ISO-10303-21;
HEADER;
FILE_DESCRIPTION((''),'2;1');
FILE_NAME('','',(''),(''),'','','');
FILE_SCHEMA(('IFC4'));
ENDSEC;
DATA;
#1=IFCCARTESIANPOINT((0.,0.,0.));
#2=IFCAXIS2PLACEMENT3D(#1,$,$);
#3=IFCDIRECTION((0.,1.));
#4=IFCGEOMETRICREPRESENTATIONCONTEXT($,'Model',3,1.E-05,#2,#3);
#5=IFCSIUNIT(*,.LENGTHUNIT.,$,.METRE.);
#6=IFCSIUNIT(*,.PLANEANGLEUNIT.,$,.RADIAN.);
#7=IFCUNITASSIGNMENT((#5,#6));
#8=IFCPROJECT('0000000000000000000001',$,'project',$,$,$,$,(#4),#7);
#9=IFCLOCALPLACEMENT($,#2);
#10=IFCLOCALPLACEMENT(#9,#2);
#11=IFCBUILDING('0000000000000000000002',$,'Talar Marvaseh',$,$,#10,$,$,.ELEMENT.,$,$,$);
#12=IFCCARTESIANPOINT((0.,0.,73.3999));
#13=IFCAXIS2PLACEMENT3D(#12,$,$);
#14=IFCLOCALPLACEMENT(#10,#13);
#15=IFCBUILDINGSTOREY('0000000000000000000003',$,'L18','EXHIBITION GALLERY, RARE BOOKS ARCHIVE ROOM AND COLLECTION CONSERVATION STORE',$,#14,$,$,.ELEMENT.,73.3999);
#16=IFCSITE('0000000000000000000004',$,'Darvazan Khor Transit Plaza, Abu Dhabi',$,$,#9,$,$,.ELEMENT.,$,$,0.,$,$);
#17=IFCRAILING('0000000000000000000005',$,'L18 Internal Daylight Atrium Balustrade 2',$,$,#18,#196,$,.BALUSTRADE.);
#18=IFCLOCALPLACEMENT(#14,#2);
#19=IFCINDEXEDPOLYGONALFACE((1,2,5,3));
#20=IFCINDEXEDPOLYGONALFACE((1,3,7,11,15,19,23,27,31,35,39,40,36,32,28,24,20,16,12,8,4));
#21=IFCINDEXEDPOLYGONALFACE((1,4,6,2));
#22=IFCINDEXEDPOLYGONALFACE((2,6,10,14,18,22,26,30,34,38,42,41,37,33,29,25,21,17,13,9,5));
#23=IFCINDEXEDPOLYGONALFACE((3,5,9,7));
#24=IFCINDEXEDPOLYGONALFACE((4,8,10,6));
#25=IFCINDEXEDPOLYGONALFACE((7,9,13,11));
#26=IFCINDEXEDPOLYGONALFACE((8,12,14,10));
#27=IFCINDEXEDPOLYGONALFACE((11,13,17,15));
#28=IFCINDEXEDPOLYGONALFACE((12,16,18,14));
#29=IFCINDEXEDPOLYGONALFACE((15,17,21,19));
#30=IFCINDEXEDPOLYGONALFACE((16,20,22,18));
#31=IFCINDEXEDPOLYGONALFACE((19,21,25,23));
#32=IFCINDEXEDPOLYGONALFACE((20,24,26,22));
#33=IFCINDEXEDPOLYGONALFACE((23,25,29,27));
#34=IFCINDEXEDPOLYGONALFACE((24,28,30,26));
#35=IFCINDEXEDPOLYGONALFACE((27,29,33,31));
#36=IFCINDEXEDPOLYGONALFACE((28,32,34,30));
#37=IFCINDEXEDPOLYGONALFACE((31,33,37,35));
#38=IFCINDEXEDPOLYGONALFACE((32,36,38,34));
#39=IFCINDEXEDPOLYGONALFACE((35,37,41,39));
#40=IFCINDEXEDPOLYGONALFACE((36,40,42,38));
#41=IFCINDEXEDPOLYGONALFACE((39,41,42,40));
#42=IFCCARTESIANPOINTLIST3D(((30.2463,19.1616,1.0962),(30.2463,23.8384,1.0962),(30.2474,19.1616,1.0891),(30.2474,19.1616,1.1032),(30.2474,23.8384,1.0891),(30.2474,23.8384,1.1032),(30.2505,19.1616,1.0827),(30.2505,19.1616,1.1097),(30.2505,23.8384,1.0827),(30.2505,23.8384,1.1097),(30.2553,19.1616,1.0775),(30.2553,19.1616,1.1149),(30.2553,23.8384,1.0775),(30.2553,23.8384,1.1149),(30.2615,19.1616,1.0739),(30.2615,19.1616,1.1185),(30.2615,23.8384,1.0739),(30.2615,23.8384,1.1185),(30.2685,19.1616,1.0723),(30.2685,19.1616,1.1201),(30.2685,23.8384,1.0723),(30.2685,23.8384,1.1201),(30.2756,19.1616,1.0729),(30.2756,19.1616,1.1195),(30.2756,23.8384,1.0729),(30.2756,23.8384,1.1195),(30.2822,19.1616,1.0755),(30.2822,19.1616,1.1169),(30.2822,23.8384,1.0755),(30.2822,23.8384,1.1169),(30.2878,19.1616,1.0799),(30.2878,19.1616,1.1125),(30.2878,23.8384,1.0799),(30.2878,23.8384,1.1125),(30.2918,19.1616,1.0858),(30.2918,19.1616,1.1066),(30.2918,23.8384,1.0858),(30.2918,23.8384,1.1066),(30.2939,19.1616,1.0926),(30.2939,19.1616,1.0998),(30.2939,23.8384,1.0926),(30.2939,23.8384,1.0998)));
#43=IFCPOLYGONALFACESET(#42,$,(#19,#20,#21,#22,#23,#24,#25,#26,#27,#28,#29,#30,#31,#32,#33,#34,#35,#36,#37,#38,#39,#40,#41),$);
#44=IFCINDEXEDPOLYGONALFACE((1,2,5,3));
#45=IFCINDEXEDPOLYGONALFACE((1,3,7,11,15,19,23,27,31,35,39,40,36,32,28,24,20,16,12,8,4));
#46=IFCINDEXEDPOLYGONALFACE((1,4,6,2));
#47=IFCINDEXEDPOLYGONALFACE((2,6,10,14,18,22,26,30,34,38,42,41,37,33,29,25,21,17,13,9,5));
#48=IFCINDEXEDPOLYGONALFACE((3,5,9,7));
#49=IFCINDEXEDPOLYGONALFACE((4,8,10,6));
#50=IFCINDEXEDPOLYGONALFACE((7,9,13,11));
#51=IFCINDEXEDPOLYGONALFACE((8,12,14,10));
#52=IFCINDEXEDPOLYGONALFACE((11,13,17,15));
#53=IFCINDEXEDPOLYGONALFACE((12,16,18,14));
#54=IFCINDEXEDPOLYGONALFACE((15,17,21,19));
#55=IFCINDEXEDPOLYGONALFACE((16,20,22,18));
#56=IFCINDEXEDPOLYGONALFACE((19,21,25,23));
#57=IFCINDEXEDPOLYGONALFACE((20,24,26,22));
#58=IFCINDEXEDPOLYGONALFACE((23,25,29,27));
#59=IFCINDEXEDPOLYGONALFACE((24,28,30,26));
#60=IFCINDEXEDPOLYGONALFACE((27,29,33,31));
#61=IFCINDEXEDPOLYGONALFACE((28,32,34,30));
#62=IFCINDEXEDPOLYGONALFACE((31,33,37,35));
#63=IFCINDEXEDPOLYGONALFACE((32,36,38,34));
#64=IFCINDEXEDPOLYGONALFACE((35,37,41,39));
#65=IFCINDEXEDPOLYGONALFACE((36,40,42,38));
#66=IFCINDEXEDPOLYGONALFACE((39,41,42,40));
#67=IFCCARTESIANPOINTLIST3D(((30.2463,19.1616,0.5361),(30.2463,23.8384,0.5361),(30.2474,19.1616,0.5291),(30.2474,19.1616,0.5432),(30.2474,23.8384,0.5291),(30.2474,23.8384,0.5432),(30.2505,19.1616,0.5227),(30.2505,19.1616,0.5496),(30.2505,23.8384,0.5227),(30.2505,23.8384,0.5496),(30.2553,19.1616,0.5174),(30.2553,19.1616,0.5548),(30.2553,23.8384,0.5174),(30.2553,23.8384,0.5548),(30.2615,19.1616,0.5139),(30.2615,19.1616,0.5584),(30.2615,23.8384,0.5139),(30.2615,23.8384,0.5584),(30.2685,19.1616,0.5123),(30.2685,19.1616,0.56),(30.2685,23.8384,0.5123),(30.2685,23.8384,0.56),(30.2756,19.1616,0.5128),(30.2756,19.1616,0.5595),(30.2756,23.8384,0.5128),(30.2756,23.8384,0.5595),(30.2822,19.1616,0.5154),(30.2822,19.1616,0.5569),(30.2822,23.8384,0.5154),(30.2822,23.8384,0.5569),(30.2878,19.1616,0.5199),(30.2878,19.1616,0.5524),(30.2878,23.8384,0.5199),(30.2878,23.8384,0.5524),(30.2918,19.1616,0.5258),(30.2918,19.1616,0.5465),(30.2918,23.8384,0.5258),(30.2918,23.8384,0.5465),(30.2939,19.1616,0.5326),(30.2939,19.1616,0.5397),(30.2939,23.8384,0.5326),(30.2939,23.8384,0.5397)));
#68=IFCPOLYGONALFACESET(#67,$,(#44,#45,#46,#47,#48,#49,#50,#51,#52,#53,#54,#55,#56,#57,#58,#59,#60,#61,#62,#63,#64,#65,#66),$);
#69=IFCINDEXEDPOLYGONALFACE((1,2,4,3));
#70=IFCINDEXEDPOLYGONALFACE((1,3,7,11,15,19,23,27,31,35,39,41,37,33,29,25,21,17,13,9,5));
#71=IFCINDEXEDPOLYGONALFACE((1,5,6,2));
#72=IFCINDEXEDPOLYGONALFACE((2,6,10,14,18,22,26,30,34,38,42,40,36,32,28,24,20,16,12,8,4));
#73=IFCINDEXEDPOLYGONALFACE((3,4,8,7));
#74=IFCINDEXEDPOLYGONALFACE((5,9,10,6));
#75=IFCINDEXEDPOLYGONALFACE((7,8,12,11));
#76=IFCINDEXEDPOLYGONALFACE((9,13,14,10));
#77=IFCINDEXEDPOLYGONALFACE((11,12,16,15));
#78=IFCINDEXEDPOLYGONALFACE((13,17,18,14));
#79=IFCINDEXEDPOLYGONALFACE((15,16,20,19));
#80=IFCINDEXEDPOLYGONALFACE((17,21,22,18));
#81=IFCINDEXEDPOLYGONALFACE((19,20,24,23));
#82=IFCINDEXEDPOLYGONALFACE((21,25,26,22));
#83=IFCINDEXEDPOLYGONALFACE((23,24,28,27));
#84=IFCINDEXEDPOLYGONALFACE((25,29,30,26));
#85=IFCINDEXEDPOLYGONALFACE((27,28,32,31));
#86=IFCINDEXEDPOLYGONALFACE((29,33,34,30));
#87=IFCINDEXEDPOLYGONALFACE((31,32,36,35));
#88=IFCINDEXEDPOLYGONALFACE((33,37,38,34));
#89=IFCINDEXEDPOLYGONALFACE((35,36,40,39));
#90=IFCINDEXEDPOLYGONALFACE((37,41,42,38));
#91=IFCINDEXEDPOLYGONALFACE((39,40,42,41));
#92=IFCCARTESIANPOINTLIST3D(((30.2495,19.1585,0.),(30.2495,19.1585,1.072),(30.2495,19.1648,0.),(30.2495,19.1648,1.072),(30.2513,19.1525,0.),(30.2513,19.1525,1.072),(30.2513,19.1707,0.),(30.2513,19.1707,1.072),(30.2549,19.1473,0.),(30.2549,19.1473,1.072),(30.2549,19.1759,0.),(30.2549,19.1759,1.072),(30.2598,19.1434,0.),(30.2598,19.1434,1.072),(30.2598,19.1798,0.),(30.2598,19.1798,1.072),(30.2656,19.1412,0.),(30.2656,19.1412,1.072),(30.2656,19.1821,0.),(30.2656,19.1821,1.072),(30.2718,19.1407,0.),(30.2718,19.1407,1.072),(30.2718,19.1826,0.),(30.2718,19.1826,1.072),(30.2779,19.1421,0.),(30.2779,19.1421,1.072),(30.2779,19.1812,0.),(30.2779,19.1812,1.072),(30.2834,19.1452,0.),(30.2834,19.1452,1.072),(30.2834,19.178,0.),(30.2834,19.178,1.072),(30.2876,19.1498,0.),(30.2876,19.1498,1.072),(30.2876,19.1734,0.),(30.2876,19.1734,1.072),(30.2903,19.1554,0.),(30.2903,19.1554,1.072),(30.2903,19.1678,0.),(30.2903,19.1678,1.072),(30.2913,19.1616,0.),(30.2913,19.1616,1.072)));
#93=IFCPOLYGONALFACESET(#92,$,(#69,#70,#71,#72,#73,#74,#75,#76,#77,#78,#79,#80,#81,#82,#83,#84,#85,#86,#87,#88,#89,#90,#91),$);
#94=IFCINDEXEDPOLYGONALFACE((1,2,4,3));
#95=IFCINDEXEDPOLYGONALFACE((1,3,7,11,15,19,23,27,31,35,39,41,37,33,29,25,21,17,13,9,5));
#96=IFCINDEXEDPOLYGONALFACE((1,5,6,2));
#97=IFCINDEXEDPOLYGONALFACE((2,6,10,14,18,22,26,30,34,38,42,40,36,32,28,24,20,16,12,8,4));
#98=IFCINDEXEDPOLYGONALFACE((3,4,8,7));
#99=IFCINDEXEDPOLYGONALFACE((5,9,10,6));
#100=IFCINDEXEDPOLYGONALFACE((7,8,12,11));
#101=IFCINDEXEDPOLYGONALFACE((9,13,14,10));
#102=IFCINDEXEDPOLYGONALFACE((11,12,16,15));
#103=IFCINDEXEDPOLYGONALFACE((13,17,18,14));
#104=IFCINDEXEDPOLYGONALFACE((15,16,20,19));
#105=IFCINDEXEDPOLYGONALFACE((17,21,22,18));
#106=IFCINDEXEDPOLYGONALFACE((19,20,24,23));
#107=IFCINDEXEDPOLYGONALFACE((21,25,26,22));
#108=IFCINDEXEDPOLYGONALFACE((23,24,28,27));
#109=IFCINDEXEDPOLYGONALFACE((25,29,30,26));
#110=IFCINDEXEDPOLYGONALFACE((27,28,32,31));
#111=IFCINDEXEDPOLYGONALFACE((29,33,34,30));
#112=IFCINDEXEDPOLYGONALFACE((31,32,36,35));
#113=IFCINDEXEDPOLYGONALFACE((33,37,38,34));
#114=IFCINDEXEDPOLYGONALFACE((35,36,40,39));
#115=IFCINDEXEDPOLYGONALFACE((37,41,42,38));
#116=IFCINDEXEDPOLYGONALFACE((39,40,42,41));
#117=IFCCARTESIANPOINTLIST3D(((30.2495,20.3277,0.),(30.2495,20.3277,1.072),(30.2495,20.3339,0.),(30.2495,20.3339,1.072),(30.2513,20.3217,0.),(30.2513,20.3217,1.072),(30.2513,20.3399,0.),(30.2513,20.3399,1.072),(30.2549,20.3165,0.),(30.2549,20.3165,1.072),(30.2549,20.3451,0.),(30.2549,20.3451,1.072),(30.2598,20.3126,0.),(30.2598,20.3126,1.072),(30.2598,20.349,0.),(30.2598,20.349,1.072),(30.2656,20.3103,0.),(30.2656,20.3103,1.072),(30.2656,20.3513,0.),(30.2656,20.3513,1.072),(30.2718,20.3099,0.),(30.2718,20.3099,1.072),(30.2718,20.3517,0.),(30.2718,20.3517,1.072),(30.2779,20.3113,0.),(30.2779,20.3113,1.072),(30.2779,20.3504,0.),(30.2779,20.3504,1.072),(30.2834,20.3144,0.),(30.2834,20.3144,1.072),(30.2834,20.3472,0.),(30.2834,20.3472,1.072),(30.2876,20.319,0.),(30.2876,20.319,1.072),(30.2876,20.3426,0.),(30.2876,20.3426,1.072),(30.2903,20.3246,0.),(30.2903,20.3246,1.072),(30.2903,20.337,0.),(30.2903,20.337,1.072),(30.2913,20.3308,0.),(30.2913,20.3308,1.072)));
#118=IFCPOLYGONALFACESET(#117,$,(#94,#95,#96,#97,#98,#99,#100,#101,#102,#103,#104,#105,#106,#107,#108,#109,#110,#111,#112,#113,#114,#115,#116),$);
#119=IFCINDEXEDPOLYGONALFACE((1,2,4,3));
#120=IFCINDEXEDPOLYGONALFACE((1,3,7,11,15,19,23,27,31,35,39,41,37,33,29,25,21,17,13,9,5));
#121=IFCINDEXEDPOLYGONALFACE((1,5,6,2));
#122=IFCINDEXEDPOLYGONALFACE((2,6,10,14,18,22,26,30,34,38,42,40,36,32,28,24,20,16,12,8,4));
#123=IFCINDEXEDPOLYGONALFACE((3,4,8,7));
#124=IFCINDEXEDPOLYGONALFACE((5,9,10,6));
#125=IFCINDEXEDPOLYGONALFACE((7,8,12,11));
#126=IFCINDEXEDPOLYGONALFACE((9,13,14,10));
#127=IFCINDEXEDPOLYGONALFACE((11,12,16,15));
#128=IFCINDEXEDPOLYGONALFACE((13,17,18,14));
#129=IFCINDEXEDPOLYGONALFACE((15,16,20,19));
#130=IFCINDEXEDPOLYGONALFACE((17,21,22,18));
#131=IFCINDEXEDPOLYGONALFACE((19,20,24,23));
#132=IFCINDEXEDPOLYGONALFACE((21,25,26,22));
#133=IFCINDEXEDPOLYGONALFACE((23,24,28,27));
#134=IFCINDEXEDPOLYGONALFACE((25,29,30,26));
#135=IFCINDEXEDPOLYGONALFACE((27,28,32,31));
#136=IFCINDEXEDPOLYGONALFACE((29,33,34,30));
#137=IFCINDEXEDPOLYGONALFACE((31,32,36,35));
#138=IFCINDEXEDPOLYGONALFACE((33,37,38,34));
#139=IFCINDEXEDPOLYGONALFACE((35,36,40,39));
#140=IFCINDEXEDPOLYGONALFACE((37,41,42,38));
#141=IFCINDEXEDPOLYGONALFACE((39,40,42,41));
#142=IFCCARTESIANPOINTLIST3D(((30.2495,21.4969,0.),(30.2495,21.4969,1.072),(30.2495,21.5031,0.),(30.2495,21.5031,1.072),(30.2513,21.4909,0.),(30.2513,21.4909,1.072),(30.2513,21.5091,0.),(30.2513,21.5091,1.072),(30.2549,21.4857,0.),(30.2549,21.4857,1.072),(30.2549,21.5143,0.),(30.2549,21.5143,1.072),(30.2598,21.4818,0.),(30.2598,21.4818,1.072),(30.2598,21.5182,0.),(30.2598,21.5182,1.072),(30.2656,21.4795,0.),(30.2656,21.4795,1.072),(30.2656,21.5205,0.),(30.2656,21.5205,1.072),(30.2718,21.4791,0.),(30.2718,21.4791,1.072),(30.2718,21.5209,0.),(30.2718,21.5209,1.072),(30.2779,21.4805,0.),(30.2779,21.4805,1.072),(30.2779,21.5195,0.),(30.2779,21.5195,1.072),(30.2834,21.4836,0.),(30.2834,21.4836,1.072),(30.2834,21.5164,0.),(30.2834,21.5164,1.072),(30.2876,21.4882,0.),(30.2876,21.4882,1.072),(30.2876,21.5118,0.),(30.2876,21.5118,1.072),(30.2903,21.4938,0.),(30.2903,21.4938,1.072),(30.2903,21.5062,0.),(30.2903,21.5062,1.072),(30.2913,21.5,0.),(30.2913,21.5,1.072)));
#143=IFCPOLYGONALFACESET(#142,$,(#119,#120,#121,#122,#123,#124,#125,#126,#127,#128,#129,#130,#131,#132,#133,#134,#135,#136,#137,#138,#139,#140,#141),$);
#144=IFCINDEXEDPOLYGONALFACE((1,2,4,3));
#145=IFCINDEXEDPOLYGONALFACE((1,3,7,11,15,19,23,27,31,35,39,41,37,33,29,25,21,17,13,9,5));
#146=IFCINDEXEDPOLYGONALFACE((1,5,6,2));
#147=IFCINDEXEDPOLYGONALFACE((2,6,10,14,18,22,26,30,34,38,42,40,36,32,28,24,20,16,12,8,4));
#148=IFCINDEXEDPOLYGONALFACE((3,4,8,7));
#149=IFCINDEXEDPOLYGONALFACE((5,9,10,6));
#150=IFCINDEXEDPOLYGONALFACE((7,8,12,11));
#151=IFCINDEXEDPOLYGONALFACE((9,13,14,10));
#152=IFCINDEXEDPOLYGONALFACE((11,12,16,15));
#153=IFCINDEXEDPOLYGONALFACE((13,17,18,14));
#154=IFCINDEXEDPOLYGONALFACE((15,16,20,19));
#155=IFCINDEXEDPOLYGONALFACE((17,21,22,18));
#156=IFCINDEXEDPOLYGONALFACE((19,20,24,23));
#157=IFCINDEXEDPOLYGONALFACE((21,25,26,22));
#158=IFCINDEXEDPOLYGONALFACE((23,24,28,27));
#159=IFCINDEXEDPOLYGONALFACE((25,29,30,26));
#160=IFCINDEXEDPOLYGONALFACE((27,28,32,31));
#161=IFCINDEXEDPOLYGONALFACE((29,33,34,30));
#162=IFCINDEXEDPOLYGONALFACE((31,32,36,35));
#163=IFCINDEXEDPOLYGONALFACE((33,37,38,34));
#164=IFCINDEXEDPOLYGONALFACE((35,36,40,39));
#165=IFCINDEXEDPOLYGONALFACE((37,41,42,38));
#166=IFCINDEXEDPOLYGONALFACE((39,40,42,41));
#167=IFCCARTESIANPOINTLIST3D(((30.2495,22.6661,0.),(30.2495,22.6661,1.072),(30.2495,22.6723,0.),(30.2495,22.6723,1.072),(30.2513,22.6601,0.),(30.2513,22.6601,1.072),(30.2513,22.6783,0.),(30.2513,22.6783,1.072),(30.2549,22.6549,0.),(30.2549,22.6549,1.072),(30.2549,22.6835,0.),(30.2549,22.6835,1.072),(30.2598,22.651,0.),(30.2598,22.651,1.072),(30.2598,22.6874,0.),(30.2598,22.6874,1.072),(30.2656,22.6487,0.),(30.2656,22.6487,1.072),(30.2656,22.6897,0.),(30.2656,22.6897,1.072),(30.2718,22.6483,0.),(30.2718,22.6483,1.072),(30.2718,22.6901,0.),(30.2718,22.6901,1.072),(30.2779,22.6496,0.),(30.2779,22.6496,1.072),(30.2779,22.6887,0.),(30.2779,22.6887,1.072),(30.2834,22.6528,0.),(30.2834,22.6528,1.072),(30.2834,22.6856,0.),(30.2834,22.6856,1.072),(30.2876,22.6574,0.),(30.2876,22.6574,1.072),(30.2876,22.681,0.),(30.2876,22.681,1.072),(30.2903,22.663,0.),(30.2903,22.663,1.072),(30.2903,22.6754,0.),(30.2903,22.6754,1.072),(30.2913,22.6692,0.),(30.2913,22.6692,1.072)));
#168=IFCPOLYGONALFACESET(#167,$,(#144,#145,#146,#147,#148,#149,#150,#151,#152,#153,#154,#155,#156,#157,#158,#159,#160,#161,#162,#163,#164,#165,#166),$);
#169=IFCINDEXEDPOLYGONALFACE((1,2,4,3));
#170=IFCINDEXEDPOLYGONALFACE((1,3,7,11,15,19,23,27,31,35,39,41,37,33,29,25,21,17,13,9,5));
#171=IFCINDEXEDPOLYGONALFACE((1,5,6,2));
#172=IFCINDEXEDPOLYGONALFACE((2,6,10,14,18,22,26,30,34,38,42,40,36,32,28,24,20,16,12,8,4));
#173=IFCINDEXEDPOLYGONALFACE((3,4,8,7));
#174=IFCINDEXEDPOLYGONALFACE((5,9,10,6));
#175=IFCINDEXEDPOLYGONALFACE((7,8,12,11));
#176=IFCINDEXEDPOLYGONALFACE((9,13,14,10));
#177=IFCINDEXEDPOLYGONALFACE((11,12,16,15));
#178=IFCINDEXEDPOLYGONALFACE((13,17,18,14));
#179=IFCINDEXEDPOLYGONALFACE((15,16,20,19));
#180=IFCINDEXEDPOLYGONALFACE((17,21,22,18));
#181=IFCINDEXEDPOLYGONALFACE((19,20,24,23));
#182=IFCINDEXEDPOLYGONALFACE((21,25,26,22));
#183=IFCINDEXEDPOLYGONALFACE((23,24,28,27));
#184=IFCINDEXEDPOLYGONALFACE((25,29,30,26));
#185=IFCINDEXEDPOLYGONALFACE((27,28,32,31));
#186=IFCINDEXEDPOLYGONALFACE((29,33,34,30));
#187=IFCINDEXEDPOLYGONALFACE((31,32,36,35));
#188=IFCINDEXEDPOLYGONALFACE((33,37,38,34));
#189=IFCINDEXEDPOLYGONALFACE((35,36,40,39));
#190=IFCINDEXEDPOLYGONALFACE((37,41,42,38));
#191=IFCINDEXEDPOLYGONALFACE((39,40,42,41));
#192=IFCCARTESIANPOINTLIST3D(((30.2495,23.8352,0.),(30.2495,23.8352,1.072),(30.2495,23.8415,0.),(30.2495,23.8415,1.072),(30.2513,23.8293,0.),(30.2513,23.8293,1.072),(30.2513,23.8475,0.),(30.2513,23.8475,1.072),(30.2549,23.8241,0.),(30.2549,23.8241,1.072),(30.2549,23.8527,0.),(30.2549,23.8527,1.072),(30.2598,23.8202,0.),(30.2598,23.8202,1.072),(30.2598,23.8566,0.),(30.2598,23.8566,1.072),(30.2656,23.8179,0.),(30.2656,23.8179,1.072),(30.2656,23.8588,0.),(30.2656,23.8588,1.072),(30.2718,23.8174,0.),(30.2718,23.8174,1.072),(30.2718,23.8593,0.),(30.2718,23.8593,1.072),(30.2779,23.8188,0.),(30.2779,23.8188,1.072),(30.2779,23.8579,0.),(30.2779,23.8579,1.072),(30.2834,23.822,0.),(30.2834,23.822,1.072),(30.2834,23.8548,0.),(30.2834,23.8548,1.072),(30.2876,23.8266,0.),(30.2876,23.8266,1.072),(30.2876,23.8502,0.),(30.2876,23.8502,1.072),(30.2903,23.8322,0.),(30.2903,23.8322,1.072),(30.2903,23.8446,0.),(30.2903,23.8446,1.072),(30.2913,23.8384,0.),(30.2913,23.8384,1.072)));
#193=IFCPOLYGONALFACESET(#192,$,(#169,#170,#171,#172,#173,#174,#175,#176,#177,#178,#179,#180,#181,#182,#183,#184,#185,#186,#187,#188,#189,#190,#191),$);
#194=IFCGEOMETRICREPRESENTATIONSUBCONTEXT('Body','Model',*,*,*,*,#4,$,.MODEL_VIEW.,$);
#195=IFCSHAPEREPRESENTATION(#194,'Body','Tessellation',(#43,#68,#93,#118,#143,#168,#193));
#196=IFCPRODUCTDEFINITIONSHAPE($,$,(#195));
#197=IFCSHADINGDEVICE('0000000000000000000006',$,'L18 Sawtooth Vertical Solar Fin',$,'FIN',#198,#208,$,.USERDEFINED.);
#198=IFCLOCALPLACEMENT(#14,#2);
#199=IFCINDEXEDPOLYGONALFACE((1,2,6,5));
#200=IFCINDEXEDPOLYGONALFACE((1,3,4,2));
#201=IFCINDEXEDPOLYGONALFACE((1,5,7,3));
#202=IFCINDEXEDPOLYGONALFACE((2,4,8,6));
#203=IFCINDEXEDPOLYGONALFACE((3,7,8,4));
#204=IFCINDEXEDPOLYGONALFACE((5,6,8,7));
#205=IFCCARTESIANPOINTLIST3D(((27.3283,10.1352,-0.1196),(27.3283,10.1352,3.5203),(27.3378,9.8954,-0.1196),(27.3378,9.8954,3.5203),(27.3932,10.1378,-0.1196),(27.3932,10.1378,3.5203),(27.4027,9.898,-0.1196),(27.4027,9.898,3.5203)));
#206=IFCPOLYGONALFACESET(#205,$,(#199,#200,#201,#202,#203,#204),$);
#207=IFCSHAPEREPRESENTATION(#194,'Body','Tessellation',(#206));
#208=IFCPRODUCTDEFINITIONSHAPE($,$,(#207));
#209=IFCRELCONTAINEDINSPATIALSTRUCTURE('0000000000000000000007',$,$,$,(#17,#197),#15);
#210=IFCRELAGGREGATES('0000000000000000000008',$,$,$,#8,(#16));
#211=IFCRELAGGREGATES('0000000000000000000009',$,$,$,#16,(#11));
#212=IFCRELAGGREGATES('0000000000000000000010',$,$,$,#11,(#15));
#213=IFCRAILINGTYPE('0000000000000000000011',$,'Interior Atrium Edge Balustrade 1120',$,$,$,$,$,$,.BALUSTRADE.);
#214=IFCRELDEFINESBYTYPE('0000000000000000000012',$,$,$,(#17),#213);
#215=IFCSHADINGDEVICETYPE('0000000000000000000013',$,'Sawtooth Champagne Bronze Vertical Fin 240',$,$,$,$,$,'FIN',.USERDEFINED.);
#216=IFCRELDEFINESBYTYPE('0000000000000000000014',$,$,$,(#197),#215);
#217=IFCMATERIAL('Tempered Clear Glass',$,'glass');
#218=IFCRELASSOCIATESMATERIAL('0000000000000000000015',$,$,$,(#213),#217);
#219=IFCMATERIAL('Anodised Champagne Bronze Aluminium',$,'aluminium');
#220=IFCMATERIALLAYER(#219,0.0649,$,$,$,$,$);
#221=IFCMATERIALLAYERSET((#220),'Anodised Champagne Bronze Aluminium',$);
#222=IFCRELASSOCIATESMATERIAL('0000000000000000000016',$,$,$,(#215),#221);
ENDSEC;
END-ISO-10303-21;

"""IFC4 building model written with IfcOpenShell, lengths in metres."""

from ifc_helpers import new_model, si_unit, direction, frame, origin, origin_2d, place, context, subcontext, project, spatial, rectangle, circle, extrude, source, transform, mapped, material, layer, layer_set, type_object, type_shapes, element, save


model = new_model("IFC4")

# Units and contexts
model_context = context("Model", 3, precision=1e-05, world=origin(), true_north=direction((0.0, 1.0)))
body_context = subcontext(model_context, "Body", "Model", "MODEL_VIEW")
ifc_project = project(units=[si_unit("LENGTHUNIT", "METRE"), si_unit("PLANEANGLEUNIT", "RADIAN")], contexts=[model_context])

# Site, building, storey
site_placement = place(None, origin())
site = spatial("IfcSite", under=ifc_project, at=site_placement, Name="Darvazan Khor Transit Plaza, Abu Dhabi", CompositionType="ELEMENT", RefElevation=0.0)
building_placement = place(site_placement, origin())
building = spatial("IfcBuilding", under=site, at=building_placement, Name="Talar Marvaseh", CompositionType="ELEMENT")
storey_placement = place(building_placement, frame((0.0, 0.0, 73.3999)))
storey = spatial("IfcBuildingStorey", under=building, at=storey_placement, Name="L18", Description="EXHIBITION GALLERY, RARE BOOKS ARCHIVE ROOM AND COLLECTION CONSERVATION STORE", CompositionType="ELEMENT", Elevation=73.3999)

# Railing
ifc_material_1 = material(Name="Tempered Clear Glass", Category="glass")
railing_type = type_object("IfcRailingType", Name="Interior Atrium Edge Balustrade 1120", PredefinedType="BALUSTRADE", material=ifc_material_1)
railing_1_placement = place(storey_placement, frame((30.2703, 19.1616, 0.0)))
element("IfcRailing", 1, at=railing_1_placement, inside=storey, type_object=railing_type, Name="L18 Internal Daylight Atrium Balustrade 2", PredefinedType="BALUSTRADE", context=body_context, shape_type="SweptSolid", body=[
    extrude(circle(Radius=0.0239, at=origin_2d()), frame((0.0, 0.0, 1.0962), z_axis=(0.0, 1.0, 0.0), x_axis=(-1.0, 0.0, 0.0)), (0.0, 0.0, 1.0), 4.6768),
    extrude(circle(Radius=0.0239, at=origin_2d()), frame((0.0, 0.0, 0.5361), z_axis=(0.0, 1.0, 0.0), x_axis=(-1.0, 0.0, 0.0)), (0.0, 0.0, 1.0), 4.6768),
    extrude(circle(Radius=0.021, at=origin_2d()), origin(), (0.0, 0.0, 1.0), 1.072),
    extrude(circle(Radius=0.021, at=origin_2d()), frame((0.0, 1.1692, 0.0)), (0.0, 0.0, 1.0), 1.072),
    extrude(circle(Radius=0.021, at=origin_2d()), frame((0.0, 2.3384, 0.0)), (0.0, 0.0, 1.0), 1.072),
    extrude(circle(Radius=0.021, at=origin_2d()), frame((0.0, 3.5076, 0.0)), (0.0, 0.0, 1.0), 1.072),
    extrude(circle(Radius=0.021, at=origin_2d()), frame((0.0, 4.6768, 0.0)), (0.0, 0.0, 1.0), 1.072),
])

# Shading device
ifc_material_2 = material(Name="Anodised Champagne Bronze Aluminium", Category="aluminium")
ifc_layer_1 = layer(ifc_material_2, 0.0649)
ifc_layer_set_1 = layer_set([ifc_layer_1], Name="Anodised Champagne Bronze Aluminium")
shading_device_type = type_object("IfcShadingDeviceType", Name="Sawtooth Champagne Bronze Vertical Fin 240", ElementType="FIN", PredefinedType="USERDEFINED", material=ifc_layer_set_1)
shared_shape_1 = source(origin(), body_context, "Body", "SweptSolid", [
    extrude(rectangle(XDim=0.24, YDim=0.0649, at=origin_2d()), origin(), (0.0, 0.0, 1.0), 3.6399),
])
type_shapes(shading_device_type, [shared_shape_1])
for number, where, z_axis, x_axis, name in (
    (2, (27.3655, 10.0166, -0.1196), (0.0, 0.0, 1.0), (0.039434, -0.999222, 0.0), "L18 Sawtooth Vertical Solar Fin"),
):
    element("IfcShadingDevice", number, at=place(storey_placement, frame(where, z_axis=z_axis, x_axis=x_axis)), inside=storey, type_object=shading_device_type, Name=name, ObjectType="FIN", PredefinedType="USERDEFINED", context=body_context, shape_type="MappedRepresentation", body=[
        mapped(shared_shape_1, transform((0.0, 0.0, 0.0), x_axis=(1.0, 0.0, 0.0), y_axis=(0.0, 1.0, 0.0), z_axis=(0.0, 0.0, 1.0), scale=1.0)),
    ])

save(model, "model.ifc")
